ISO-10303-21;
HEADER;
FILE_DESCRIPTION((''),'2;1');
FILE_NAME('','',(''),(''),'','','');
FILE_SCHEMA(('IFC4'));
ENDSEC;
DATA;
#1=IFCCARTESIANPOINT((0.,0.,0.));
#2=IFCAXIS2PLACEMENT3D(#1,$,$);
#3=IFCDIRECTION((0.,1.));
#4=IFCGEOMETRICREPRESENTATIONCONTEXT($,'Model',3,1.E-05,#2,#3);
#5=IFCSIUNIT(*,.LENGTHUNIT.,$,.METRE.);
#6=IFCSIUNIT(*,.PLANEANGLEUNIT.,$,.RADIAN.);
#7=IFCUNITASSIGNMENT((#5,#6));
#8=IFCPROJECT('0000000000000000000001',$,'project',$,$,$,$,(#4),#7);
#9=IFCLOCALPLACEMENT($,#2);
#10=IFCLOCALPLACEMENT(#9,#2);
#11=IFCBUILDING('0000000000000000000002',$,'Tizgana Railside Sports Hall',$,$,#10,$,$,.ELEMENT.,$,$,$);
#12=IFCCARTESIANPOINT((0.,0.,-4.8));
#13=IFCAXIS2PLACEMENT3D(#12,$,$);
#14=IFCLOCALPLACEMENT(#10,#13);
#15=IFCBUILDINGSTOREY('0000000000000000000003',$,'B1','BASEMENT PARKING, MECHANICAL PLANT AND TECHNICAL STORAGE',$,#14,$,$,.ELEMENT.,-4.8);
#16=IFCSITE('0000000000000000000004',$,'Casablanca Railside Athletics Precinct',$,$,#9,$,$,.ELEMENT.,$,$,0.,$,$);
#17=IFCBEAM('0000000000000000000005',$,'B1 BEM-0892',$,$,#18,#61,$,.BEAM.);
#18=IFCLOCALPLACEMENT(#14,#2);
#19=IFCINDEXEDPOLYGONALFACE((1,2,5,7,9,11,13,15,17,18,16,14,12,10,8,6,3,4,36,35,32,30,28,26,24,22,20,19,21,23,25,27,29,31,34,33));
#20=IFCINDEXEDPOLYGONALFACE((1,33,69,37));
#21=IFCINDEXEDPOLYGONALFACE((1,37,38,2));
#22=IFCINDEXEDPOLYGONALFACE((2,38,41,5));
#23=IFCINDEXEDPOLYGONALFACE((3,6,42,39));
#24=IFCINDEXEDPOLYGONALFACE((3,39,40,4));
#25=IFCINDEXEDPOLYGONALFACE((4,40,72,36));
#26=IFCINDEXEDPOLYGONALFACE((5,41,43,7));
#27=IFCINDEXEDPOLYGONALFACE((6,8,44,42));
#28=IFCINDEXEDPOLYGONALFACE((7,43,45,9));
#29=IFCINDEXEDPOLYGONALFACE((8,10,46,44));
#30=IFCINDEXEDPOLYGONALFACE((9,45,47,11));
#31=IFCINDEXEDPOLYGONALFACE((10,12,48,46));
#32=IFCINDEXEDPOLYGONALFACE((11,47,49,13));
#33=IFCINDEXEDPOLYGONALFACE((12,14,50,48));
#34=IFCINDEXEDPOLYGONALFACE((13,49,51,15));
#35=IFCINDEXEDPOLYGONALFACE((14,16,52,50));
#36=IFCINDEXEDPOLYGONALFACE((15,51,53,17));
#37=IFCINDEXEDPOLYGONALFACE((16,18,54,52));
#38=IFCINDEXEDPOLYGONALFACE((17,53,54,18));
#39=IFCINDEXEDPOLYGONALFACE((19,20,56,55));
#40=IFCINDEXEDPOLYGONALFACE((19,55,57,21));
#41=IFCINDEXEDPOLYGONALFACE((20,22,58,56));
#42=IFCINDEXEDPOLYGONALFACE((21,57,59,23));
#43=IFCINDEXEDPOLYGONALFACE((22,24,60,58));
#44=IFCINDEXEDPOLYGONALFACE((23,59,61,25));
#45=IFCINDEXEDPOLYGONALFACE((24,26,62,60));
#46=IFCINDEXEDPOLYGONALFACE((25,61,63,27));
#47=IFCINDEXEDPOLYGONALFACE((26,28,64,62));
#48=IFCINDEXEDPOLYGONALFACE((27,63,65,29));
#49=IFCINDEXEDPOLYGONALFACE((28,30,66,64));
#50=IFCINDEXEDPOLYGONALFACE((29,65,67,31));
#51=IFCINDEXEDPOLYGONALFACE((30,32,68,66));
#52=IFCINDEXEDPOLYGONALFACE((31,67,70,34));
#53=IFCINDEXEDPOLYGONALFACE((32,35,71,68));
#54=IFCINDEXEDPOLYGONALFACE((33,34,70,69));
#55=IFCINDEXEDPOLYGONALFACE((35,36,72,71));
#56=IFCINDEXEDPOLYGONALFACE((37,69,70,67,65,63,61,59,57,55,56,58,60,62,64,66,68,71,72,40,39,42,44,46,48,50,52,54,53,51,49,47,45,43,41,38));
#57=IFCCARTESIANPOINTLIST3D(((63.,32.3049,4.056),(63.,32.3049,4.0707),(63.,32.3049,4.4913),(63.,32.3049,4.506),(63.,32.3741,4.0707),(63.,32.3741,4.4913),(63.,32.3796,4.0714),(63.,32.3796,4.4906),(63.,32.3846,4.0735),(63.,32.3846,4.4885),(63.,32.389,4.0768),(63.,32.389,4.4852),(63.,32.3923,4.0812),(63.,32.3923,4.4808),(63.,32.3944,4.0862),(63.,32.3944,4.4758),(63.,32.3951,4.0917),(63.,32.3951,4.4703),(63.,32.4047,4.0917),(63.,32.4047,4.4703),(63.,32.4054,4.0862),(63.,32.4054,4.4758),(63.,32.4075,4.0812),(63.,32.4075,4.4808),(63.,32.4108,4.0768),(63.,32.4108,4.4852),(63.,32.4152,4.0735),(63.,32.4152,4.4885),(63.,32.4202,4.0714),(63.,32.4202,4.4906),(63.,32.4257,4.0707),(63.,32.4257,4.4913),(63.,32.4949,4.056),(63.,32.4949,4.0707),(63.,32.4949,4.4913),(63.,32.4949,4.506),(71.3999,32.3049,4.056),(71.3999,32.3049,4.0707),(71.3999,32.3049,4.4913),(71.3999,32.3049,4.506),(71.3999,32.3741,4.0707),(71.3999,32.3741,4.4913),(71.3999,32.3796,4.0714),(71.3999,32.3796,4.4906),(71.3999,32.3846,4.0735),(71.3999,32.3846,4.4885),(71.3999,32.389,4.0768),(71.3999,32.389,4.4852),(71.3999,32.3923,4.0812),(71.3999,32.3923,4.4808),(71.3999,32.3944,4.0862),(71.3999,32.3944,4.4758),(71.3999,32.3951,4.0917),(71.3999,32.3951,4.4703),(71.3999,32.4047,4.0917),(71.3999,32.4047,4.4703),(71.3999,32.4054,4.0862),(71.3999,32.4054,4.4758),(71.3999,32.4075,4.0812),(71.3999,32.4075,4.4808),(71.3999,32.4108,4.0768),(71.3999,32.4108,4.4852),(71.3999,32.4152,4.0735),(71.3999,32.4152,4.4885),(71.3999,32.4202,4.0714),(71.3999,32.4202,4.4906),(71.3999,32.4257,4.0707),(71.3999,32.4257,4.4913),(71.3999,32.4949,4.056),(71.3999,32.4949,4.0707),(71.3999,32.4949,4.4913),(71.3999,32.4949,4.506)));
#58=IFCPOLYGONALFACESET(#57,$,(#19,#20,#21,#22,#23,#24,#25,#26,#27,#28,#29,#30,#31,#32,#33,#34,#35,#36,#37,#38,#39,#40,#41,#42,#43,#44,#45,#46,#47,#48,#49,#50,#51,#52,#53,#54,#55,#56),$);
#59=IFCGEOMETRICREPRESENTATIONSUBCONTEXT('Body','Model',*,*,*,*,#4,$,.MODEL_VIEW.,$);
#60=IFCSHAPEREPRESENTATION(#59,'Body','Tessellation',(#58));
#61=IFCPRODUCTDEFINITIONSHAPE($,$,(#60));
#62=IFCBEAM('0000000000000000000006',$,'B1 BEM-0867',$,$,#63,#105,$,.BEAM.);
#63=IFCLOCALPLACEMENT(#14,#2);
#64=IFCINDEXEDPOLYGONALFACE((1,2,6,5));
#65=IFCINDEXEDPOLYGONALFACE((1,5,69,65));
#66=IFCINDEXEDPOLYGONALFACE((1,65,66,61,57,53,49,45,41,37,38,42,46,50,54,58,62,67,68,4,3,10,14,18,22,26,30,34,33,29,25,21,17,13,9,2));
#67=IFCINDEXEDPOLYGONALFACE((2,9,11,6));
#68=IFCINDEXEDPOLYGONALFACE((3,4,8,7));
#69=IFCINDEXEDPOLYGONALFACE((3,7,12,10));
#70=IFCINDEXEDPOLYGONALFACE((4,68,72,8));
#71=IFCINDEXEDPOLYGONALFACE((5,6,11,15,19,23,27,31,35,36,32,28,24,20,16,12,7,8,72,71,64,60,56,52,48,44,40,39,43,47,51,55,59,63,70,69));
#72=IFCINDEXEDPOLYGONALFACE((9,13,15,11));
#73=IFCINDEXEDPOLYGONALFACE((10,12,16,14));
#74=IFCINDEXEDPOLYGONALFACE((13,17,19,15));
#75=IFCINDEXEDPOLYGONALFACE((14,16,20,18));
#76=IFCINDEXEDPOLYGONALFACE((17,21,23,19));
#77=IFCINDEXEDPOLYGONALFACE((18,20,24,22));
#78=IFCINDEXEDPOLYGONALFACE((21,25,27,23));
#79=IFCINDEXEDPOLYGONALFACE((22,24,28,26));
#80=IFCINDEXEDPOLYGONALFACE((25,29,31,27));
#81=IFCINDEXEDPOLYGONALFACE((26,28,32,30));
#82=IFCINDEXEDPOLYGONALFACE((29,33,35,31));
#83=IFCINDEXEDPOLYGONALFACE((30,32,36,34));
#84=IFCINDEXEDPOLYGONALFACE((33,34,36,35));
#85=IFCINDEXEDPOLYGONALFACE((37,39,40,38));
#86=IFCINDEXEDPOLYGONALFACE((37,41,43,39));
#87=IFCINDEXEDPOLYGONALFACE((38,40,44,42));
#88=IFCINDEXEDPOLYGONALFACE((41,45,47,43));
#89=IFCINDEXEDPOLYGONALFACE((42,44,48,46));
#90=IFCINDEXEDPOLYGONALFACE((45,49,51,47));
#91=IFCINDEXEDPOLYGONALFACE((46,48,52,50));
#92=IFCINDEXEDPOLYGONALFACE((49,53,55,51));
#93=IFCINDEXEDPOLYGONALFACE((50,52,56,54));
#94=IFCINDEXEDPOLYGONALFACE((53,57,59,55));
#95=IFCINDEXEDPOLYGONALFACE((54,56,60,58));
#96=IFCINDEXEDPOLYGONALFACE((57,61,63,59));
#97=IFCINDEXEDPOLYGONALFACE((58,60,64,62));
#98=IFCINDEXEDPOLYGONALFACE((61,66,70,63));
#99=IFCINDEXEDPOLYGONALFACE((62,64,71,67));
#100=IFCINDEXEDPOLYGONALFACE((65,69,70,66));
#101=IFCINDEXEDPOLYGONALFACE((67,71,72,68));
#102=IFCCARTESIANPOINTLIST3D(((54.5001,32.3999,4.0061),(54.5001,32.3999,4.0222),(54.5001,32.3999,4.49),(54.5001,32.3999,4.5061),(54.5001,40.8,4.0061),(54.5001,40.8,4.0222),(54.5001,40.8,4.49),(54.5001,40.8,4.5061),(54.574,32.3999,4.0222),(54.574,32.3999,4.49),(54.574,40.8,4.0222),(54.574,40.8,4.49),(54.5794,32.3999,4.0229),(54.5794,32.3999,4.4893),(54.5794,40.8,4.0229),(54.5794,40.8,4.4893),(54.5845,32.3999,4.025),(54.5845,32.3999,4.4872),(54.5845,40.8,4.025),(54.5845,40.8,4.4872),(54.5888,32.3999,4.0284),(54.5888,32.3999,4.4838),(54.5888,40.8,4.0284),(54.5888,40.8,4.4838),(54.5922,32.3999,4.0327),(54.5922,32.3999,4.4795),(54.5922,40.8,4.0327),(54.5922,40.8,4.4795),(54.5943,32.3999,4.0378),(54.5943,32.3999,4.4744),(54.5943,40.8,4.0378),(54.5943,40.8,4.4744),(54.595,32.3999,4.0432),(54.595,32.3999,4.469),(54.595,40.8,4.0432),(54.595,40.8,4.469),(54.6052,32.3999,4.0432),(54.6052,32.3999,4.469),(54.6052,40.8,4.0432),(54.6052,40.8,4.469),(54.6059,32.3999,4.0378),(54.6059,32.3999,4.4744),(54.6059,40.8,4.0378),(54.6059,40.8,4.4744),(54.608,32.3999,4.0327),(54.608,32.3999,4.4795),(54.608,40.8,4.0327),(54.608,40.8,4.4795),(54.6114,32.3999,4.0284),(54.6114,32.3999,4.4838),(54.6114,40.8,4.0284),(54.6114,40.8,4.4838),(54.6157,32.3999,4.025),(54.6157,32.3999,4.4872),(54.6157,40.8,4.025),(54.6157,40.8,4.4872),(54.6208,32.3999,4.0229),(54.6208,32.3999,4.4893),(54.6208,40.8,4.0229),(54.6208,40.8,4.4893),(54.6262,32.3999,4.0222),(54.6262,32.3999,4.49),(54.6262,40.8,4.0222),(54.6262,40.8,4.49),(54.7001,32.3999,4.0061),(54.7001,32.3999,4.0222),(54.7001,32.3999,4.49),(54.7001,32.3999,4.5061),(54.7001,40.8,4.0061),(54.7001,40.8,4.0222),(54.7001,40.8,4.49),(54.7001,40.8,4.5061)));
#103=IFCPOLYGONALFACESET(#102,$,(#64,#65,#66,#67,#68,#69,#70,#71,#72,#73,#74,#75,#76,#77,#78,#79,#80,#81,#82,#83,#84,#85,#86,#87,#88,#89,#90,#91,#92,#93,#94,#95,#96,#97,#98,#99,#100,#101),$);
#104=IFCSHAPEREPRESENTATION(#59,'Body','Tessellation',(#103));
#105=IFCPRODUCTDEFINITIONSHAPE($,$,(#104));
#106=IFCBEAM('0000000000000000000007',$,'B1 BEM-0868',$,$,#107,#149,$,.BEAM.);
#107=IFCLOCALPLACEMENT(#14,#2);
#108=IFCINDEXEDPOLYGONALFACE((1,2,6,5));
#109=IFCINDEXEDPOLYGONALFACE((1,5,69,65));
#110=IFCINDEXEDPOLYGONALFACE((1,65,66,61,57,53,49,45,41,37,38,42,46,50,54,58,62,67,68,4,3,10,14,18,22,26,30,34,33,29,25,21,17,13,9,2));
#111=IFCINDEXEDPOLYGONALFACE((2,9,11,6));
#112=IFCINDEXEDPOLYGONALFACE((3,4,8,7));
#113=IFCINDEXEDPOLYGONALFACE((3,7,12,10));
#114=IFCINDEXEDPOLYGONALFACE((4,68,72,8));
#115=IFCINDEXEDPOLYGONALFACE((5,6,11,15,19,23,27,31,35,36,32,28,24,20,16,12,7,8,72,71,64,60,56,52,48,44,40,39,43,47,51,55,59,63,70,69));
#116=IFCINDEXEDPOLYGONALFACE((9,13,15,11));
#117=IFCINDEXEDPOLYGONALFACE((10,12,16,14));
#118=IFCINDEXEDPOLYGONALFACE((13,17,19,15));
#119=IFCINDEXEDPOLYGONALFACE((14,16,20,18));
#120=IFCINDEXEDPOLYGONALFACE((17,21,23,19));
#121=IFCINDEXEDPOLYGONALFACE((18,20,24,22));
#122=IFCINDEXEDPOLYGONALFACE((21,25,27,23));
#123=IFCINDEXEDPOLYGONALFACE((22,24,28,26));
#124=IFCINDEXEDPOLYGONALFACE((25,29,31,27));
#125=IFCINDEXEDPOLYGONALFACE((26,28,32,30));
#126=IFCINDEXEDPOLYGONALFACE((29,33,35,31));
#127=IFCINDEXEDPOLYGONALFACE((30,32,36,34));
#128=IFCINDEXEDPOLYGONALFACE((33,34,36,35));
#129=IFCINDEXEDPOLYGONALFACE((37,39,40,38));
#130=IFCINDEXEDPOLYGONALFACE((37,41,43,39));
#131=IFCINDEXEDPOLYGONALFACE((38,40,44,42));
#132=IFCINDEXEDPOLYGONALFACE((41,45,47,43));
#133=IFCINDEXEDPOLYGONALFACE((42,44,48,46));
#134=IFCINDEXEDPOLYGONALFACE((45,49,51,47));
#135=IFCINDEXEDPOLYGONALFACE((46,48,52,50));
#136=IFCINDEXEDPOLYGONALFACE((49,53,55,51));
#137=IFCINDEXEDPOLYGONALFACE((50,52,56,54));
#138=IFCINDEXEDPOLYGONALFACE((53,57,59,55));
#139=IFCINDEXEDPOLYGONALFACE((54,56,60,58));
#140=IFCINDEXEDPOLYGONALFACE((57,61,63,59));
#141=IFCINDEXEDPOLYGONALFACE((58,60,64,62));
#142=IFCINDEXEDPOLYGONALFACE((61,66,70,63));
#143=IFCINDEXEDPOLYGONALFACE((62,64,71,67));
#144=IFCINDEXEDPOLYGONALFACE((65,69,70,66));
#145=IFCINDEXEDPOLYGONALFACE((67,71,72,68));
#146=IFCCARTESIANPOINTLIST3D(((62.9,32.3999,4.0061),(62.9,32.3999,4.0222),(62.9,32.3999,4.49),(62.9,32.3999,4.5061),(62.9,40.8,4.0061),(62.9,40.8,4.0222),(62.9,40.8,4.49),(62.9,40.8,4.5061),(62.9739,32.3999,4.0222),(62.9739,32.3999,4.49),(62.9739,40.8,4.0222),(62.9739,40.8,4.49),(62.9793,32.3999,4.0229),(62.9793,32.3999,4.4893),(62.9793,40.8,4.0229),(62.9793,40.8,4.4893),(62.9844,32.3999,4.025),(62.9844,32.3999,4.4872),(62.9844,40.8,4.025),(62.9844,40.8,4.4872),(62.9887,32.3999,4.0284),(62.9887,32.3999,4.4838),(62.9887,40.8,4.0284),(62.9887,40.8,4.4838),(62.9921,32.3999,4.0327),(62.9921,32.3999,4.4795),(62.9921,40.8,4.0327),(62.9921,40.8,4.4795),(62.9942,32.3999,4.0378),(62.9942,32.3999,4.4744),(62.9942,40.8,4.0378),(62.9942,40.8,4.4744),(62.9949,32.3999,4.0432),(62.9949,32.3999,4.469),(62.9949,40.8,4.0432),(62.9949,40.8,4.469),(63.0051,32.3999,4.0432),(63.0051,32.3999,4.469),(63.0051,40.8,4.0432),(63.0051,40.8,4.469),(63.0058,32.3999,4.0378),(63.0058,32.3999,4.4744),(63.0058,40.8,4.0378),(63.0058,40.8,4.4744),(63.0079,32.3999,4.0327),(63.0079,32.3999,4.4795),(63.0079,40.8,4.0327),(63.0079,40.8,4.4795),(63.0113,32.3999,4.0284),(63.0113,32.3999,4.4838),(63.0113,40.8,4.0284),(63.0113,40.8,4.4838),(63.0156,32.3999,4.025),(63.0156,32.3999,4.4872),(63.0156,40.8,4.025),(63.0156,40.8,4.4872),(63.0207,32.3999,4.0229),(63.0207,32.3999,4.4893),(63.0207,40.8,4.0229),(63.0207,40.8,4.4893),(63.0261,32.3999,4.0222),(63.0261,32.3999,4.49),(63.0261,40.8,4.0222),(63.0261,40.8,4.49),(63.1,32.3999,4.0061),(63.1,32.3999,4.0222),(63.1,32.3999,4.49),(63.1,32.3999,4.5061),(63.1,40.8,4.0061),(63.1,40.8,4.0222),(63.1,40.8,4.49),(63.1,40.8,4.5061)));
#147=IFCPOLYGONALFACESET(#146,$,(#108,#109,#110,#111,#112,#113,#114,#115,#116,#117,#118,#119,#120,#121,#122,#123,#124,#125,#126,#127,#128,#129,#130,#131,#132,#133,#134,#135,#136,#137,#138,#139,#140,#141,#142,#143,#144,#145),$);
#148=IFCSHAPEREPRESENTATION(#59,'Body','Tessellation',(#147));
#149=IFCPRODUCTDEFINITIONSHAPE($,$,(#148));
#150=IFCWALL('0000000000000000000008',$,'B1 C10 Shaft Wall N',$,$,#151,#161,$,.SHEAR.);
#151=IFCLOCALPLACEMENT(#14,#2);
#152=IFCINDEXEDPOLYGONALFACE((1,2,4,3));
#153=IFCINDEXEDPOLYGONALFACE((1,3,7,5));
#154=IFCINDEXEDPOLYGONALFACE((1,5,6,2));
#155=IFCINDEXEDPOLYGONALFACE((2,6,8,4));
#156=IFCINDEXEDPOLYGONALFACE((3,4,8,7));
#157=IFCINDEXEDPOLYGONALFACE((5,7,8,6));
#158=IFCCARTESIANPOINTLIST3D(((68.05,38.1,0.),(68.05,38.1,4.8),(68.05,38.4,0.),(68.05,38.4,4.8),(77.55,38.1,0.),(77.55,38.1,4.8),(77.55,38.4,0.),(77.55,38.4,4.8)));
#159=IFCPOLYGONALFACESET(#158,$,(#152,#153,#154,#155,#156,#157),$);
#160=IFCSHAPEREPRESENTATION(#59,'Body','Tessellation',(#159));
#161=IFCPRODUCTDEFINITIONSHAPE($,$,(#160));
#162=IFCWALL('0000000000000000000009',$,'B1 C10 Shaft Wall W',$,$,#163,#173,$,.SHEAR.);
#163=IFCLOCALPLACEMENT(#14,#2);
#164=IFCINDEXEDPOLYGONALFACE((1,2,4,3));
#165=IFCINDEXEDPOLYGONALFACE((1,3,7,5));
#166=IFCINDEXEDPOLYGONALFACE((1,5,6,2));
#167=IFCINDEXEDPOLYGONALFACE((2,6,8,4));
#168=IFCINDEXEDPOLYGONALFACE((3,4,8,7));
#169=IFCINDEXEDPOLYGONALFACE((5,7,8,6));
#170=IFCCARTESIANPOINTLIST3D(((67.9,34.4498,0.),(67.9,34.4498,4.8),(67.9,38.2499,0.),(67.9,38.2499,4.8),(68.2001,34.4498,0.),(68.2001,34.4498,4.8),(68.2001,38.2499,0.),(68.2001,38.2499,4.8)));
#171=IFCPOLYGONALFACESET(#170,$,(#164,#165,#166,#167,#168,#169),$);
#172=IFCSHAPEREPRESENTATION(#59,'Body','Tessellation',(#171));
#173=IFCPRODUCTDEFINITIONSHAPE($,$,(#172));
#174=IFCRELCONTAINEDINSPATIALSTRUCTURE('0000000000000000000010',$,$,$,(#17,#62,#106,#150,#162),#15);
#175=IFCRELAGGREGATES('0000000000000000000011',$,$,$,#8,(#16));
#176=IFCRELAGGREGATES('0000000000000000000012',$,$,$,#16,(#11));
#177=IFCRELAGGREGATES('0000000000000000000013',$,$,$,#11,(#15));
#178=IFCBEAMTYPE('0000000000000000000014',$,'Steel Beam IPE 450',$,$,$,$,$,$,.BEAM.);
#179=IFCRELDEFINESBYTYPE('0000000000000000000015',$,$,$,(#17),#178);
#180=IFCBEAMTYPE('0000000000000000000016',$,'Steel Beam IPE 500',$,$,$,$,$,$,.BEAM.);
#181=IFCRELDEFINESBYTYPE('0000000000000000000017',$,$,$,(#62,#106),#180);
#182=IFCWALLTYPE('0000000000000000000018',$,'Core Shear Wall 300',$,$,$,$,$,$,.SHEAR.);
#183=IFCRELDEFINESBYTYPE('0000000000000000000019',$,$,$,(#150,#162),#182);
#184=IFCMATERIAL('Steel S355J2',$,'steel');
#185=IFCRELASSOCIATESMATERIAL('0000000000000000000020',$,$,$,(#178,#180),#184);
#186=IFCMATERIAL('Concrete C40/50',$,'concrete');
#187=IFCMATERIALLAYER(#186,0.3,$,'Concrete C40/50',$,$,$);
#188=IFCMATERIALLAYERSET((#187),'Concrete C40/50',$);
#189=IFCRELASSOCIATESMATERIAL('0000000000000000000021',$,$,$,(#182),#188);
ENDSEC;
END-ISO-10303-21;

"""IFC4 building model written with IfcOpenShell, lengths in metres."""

from ifc_helpers import new_model, si_unit, direction, frame, frame_2d, origin, origin_2d, place, context, subcontext, project, spatial, rectangle, i_section, extrude, material, layer, layer_set, material_profile, profile_set, type_object, element, save


model = new_model("IFC4")

# Units and contexts
model_context = context("Model", 3, precision=1e-05, world=origin(), true_north=direction((0.0, 1.0)))
body_context = subcontext(model_context, "Body", "Model", "MODEL_VIEW")
ifc_project = project(units=[si_unit("LENGTHUNIT", "METRE"), si_unit("PLANEANGLEUNIT", "RADIAN")], contexts=[model_context])

# Site, building, storey
site_placement = place(None, origin())
site = spatial("IfcSite", under=ifc_project, at=site_placement, Name="Casablanca Railside Athletics Precinct", CompositionType="ELEMENT", RefElevation=0.0)
building_placement = place(site_placement, origin())
building = spatial("IfcBuilding", under=site, at=building_placement, Name="Tizgana Railside Sports Hall", CompositionType="ELEMENT")
storey_placement = place(building_placement, frame((0.0, 0.0, -4.8)))
storey = spatial("IfcBuildingStorey", under=building, at=storey_placement, Name="B1", Description="BASEMENT PARKING, MECHANICAL PLANT AND TECHNICAL STORAGE", CompositionType="ELEMENT", Elevation=-4.8)

# Shared definitions
ifc_material_1 = material(Name="Concrete C40/50", Category="concrete")

# Beams
ifc_material_2 = material(Name="Steel S355J2", Category="steel")
ifc_material_profile_1 = material_profile(ifc_material_2, i_section(OverallWidth=0.1899, OverallDepth=0.45, WebThickness=0.0095, FlangeThickness=0.0146, FilletRadius=0.021, at=origin_2d()), Name="IPE 450")
ifc_profile_set_1 = profile_set([ifc_material_profile_1], Name="Steel S355J2")
beam_type_1 = type_object("IfcBeamType", Name="Steel Beam IPE 450", PredefinedType="BEAM", material=ifc_profile_set_1)
for number, where, z_axis, x_axis, name in (
    (1, (63.0, 32.3999, 4.281), (1.0, 0.0, 0.0), (0.0, 1.0, 0.0), "B1 BEM-0892"),
):
    element("IfcBeam", number, at=place(storey_placement, frame(where, z_axis=z_axis, x_axis=x_axis)), inside=storey, type_object=beam_type_1, Name=name, PredefinedType="BEAM", context=body_context, shape_type="SweptSolid", body=[
        extrude(i_section(OverallWidth=0.1899, OverallDepth=0.45, WebThickness=0.0095, FlangeThickness=0.0146, FilletRadius=0.021, at=origin_2d()), origin(), (0.0, 0.0, 1.0), 8.3999),
    ])
ifc_material_profile_2 = material_profile(ifc_material_2, i_section(OverallWidth=0.2, OverallDepth=0.5, WebThickness=0.0103, FlangeThickness=0.0161, FilletRadius=0.021, at=origin_2d()), Name="IPE 500")
ifc_profile_set_2 = profile_set([ifc_material_profile_2], Name="Steel S355J2")
beam_type_2 = type_object("IfcBeamType", Name="Steel Beam IPE 500", PredefinedType="BEAM", material=ifc_profile_set_2)
for number, where, z_axis, x_axis, name in (
    (2, (54.6001, 32.3999, 4.2561), (0.0, 1.0, 0.0), (-1.0, 0.0, 0.0), "B1 BEM-0867"),
    (3, (63.0, 32.3999, 4.2561), (0.0, 1.0, 0.0), (-1.0, 0.0, 0.0), "B1 BEM-0868"),
):
    element("IfcBeam", number, at=place(storey_placement, frame(where, z_axis=z_axis, x_axis=x_axis)), inside=storey, type_object=beam_type_2, Name=name, PredefinedType="BEAM", context=body_context, shape_type="SweptSolid", body=[
        extrude(i_section(OverallWidth=0.2, OverallDepth=0.5, WebThickness=0.0103, FlangeThickness=0.0161, FilletRadius=0.021, at=origin_2d()), origin(), (0.0, 0.0, 1.0), 8.4001),
    ])

# Walls
ifc_layer = layer(ifc_material_1, 0.3, Name="Concrete C40/50")
ifc_layer_set = layer_set([ifc_layer], Name="Concrete C40/50")
wall_type = type_object("IfcWallType", Name="Core Shear Wall 300", PredefinedType="SHEAR", material=ifc_layer_set)
wall_1_placement = place(storey_placement, frame((68.05, 38.25, 0.0), z_axis=(0.0, 0.0, 1.0), x_axis=(1.0, 0.0, 0.0)))
element("IfcWall", 4, at=wall_1_placement, inside=storey, type_object=wall_type, Name="B1 C10 Shaft Wall N", PredefinedType="SHEAR", context=body_context, shape_type="SweptSolid", body=[
    extrude(rectangle(XDim=9.5, YDim=0.3, at=frame_2d((4.75, 0.0))), origin(), (0.0, 0.0, 1.0), 4.8),
])
wall_2_placement = place(storey_placement, frame((68.05, 34.45, 0.0), z_axis=(0.0, 0.0, 1.0), x_axis=(0.0, 1.0, 0.0)))
element("IfcWall", 5, at=wall_2_placement, inside=storey, type_object=wall_type, Name="B1 C10 Shaft Wall W", PredefinedType="SHEAR", context=body_context, shape_type="SweptSolid", body=[
    extrude(rectangle(XDim=3.8, YDim=0.3, at=frame_2d((1.8999, 0.0))), origin(), (0.0, 0.0, 1.0), 4.8),
])

save(model, "model.ifc")
